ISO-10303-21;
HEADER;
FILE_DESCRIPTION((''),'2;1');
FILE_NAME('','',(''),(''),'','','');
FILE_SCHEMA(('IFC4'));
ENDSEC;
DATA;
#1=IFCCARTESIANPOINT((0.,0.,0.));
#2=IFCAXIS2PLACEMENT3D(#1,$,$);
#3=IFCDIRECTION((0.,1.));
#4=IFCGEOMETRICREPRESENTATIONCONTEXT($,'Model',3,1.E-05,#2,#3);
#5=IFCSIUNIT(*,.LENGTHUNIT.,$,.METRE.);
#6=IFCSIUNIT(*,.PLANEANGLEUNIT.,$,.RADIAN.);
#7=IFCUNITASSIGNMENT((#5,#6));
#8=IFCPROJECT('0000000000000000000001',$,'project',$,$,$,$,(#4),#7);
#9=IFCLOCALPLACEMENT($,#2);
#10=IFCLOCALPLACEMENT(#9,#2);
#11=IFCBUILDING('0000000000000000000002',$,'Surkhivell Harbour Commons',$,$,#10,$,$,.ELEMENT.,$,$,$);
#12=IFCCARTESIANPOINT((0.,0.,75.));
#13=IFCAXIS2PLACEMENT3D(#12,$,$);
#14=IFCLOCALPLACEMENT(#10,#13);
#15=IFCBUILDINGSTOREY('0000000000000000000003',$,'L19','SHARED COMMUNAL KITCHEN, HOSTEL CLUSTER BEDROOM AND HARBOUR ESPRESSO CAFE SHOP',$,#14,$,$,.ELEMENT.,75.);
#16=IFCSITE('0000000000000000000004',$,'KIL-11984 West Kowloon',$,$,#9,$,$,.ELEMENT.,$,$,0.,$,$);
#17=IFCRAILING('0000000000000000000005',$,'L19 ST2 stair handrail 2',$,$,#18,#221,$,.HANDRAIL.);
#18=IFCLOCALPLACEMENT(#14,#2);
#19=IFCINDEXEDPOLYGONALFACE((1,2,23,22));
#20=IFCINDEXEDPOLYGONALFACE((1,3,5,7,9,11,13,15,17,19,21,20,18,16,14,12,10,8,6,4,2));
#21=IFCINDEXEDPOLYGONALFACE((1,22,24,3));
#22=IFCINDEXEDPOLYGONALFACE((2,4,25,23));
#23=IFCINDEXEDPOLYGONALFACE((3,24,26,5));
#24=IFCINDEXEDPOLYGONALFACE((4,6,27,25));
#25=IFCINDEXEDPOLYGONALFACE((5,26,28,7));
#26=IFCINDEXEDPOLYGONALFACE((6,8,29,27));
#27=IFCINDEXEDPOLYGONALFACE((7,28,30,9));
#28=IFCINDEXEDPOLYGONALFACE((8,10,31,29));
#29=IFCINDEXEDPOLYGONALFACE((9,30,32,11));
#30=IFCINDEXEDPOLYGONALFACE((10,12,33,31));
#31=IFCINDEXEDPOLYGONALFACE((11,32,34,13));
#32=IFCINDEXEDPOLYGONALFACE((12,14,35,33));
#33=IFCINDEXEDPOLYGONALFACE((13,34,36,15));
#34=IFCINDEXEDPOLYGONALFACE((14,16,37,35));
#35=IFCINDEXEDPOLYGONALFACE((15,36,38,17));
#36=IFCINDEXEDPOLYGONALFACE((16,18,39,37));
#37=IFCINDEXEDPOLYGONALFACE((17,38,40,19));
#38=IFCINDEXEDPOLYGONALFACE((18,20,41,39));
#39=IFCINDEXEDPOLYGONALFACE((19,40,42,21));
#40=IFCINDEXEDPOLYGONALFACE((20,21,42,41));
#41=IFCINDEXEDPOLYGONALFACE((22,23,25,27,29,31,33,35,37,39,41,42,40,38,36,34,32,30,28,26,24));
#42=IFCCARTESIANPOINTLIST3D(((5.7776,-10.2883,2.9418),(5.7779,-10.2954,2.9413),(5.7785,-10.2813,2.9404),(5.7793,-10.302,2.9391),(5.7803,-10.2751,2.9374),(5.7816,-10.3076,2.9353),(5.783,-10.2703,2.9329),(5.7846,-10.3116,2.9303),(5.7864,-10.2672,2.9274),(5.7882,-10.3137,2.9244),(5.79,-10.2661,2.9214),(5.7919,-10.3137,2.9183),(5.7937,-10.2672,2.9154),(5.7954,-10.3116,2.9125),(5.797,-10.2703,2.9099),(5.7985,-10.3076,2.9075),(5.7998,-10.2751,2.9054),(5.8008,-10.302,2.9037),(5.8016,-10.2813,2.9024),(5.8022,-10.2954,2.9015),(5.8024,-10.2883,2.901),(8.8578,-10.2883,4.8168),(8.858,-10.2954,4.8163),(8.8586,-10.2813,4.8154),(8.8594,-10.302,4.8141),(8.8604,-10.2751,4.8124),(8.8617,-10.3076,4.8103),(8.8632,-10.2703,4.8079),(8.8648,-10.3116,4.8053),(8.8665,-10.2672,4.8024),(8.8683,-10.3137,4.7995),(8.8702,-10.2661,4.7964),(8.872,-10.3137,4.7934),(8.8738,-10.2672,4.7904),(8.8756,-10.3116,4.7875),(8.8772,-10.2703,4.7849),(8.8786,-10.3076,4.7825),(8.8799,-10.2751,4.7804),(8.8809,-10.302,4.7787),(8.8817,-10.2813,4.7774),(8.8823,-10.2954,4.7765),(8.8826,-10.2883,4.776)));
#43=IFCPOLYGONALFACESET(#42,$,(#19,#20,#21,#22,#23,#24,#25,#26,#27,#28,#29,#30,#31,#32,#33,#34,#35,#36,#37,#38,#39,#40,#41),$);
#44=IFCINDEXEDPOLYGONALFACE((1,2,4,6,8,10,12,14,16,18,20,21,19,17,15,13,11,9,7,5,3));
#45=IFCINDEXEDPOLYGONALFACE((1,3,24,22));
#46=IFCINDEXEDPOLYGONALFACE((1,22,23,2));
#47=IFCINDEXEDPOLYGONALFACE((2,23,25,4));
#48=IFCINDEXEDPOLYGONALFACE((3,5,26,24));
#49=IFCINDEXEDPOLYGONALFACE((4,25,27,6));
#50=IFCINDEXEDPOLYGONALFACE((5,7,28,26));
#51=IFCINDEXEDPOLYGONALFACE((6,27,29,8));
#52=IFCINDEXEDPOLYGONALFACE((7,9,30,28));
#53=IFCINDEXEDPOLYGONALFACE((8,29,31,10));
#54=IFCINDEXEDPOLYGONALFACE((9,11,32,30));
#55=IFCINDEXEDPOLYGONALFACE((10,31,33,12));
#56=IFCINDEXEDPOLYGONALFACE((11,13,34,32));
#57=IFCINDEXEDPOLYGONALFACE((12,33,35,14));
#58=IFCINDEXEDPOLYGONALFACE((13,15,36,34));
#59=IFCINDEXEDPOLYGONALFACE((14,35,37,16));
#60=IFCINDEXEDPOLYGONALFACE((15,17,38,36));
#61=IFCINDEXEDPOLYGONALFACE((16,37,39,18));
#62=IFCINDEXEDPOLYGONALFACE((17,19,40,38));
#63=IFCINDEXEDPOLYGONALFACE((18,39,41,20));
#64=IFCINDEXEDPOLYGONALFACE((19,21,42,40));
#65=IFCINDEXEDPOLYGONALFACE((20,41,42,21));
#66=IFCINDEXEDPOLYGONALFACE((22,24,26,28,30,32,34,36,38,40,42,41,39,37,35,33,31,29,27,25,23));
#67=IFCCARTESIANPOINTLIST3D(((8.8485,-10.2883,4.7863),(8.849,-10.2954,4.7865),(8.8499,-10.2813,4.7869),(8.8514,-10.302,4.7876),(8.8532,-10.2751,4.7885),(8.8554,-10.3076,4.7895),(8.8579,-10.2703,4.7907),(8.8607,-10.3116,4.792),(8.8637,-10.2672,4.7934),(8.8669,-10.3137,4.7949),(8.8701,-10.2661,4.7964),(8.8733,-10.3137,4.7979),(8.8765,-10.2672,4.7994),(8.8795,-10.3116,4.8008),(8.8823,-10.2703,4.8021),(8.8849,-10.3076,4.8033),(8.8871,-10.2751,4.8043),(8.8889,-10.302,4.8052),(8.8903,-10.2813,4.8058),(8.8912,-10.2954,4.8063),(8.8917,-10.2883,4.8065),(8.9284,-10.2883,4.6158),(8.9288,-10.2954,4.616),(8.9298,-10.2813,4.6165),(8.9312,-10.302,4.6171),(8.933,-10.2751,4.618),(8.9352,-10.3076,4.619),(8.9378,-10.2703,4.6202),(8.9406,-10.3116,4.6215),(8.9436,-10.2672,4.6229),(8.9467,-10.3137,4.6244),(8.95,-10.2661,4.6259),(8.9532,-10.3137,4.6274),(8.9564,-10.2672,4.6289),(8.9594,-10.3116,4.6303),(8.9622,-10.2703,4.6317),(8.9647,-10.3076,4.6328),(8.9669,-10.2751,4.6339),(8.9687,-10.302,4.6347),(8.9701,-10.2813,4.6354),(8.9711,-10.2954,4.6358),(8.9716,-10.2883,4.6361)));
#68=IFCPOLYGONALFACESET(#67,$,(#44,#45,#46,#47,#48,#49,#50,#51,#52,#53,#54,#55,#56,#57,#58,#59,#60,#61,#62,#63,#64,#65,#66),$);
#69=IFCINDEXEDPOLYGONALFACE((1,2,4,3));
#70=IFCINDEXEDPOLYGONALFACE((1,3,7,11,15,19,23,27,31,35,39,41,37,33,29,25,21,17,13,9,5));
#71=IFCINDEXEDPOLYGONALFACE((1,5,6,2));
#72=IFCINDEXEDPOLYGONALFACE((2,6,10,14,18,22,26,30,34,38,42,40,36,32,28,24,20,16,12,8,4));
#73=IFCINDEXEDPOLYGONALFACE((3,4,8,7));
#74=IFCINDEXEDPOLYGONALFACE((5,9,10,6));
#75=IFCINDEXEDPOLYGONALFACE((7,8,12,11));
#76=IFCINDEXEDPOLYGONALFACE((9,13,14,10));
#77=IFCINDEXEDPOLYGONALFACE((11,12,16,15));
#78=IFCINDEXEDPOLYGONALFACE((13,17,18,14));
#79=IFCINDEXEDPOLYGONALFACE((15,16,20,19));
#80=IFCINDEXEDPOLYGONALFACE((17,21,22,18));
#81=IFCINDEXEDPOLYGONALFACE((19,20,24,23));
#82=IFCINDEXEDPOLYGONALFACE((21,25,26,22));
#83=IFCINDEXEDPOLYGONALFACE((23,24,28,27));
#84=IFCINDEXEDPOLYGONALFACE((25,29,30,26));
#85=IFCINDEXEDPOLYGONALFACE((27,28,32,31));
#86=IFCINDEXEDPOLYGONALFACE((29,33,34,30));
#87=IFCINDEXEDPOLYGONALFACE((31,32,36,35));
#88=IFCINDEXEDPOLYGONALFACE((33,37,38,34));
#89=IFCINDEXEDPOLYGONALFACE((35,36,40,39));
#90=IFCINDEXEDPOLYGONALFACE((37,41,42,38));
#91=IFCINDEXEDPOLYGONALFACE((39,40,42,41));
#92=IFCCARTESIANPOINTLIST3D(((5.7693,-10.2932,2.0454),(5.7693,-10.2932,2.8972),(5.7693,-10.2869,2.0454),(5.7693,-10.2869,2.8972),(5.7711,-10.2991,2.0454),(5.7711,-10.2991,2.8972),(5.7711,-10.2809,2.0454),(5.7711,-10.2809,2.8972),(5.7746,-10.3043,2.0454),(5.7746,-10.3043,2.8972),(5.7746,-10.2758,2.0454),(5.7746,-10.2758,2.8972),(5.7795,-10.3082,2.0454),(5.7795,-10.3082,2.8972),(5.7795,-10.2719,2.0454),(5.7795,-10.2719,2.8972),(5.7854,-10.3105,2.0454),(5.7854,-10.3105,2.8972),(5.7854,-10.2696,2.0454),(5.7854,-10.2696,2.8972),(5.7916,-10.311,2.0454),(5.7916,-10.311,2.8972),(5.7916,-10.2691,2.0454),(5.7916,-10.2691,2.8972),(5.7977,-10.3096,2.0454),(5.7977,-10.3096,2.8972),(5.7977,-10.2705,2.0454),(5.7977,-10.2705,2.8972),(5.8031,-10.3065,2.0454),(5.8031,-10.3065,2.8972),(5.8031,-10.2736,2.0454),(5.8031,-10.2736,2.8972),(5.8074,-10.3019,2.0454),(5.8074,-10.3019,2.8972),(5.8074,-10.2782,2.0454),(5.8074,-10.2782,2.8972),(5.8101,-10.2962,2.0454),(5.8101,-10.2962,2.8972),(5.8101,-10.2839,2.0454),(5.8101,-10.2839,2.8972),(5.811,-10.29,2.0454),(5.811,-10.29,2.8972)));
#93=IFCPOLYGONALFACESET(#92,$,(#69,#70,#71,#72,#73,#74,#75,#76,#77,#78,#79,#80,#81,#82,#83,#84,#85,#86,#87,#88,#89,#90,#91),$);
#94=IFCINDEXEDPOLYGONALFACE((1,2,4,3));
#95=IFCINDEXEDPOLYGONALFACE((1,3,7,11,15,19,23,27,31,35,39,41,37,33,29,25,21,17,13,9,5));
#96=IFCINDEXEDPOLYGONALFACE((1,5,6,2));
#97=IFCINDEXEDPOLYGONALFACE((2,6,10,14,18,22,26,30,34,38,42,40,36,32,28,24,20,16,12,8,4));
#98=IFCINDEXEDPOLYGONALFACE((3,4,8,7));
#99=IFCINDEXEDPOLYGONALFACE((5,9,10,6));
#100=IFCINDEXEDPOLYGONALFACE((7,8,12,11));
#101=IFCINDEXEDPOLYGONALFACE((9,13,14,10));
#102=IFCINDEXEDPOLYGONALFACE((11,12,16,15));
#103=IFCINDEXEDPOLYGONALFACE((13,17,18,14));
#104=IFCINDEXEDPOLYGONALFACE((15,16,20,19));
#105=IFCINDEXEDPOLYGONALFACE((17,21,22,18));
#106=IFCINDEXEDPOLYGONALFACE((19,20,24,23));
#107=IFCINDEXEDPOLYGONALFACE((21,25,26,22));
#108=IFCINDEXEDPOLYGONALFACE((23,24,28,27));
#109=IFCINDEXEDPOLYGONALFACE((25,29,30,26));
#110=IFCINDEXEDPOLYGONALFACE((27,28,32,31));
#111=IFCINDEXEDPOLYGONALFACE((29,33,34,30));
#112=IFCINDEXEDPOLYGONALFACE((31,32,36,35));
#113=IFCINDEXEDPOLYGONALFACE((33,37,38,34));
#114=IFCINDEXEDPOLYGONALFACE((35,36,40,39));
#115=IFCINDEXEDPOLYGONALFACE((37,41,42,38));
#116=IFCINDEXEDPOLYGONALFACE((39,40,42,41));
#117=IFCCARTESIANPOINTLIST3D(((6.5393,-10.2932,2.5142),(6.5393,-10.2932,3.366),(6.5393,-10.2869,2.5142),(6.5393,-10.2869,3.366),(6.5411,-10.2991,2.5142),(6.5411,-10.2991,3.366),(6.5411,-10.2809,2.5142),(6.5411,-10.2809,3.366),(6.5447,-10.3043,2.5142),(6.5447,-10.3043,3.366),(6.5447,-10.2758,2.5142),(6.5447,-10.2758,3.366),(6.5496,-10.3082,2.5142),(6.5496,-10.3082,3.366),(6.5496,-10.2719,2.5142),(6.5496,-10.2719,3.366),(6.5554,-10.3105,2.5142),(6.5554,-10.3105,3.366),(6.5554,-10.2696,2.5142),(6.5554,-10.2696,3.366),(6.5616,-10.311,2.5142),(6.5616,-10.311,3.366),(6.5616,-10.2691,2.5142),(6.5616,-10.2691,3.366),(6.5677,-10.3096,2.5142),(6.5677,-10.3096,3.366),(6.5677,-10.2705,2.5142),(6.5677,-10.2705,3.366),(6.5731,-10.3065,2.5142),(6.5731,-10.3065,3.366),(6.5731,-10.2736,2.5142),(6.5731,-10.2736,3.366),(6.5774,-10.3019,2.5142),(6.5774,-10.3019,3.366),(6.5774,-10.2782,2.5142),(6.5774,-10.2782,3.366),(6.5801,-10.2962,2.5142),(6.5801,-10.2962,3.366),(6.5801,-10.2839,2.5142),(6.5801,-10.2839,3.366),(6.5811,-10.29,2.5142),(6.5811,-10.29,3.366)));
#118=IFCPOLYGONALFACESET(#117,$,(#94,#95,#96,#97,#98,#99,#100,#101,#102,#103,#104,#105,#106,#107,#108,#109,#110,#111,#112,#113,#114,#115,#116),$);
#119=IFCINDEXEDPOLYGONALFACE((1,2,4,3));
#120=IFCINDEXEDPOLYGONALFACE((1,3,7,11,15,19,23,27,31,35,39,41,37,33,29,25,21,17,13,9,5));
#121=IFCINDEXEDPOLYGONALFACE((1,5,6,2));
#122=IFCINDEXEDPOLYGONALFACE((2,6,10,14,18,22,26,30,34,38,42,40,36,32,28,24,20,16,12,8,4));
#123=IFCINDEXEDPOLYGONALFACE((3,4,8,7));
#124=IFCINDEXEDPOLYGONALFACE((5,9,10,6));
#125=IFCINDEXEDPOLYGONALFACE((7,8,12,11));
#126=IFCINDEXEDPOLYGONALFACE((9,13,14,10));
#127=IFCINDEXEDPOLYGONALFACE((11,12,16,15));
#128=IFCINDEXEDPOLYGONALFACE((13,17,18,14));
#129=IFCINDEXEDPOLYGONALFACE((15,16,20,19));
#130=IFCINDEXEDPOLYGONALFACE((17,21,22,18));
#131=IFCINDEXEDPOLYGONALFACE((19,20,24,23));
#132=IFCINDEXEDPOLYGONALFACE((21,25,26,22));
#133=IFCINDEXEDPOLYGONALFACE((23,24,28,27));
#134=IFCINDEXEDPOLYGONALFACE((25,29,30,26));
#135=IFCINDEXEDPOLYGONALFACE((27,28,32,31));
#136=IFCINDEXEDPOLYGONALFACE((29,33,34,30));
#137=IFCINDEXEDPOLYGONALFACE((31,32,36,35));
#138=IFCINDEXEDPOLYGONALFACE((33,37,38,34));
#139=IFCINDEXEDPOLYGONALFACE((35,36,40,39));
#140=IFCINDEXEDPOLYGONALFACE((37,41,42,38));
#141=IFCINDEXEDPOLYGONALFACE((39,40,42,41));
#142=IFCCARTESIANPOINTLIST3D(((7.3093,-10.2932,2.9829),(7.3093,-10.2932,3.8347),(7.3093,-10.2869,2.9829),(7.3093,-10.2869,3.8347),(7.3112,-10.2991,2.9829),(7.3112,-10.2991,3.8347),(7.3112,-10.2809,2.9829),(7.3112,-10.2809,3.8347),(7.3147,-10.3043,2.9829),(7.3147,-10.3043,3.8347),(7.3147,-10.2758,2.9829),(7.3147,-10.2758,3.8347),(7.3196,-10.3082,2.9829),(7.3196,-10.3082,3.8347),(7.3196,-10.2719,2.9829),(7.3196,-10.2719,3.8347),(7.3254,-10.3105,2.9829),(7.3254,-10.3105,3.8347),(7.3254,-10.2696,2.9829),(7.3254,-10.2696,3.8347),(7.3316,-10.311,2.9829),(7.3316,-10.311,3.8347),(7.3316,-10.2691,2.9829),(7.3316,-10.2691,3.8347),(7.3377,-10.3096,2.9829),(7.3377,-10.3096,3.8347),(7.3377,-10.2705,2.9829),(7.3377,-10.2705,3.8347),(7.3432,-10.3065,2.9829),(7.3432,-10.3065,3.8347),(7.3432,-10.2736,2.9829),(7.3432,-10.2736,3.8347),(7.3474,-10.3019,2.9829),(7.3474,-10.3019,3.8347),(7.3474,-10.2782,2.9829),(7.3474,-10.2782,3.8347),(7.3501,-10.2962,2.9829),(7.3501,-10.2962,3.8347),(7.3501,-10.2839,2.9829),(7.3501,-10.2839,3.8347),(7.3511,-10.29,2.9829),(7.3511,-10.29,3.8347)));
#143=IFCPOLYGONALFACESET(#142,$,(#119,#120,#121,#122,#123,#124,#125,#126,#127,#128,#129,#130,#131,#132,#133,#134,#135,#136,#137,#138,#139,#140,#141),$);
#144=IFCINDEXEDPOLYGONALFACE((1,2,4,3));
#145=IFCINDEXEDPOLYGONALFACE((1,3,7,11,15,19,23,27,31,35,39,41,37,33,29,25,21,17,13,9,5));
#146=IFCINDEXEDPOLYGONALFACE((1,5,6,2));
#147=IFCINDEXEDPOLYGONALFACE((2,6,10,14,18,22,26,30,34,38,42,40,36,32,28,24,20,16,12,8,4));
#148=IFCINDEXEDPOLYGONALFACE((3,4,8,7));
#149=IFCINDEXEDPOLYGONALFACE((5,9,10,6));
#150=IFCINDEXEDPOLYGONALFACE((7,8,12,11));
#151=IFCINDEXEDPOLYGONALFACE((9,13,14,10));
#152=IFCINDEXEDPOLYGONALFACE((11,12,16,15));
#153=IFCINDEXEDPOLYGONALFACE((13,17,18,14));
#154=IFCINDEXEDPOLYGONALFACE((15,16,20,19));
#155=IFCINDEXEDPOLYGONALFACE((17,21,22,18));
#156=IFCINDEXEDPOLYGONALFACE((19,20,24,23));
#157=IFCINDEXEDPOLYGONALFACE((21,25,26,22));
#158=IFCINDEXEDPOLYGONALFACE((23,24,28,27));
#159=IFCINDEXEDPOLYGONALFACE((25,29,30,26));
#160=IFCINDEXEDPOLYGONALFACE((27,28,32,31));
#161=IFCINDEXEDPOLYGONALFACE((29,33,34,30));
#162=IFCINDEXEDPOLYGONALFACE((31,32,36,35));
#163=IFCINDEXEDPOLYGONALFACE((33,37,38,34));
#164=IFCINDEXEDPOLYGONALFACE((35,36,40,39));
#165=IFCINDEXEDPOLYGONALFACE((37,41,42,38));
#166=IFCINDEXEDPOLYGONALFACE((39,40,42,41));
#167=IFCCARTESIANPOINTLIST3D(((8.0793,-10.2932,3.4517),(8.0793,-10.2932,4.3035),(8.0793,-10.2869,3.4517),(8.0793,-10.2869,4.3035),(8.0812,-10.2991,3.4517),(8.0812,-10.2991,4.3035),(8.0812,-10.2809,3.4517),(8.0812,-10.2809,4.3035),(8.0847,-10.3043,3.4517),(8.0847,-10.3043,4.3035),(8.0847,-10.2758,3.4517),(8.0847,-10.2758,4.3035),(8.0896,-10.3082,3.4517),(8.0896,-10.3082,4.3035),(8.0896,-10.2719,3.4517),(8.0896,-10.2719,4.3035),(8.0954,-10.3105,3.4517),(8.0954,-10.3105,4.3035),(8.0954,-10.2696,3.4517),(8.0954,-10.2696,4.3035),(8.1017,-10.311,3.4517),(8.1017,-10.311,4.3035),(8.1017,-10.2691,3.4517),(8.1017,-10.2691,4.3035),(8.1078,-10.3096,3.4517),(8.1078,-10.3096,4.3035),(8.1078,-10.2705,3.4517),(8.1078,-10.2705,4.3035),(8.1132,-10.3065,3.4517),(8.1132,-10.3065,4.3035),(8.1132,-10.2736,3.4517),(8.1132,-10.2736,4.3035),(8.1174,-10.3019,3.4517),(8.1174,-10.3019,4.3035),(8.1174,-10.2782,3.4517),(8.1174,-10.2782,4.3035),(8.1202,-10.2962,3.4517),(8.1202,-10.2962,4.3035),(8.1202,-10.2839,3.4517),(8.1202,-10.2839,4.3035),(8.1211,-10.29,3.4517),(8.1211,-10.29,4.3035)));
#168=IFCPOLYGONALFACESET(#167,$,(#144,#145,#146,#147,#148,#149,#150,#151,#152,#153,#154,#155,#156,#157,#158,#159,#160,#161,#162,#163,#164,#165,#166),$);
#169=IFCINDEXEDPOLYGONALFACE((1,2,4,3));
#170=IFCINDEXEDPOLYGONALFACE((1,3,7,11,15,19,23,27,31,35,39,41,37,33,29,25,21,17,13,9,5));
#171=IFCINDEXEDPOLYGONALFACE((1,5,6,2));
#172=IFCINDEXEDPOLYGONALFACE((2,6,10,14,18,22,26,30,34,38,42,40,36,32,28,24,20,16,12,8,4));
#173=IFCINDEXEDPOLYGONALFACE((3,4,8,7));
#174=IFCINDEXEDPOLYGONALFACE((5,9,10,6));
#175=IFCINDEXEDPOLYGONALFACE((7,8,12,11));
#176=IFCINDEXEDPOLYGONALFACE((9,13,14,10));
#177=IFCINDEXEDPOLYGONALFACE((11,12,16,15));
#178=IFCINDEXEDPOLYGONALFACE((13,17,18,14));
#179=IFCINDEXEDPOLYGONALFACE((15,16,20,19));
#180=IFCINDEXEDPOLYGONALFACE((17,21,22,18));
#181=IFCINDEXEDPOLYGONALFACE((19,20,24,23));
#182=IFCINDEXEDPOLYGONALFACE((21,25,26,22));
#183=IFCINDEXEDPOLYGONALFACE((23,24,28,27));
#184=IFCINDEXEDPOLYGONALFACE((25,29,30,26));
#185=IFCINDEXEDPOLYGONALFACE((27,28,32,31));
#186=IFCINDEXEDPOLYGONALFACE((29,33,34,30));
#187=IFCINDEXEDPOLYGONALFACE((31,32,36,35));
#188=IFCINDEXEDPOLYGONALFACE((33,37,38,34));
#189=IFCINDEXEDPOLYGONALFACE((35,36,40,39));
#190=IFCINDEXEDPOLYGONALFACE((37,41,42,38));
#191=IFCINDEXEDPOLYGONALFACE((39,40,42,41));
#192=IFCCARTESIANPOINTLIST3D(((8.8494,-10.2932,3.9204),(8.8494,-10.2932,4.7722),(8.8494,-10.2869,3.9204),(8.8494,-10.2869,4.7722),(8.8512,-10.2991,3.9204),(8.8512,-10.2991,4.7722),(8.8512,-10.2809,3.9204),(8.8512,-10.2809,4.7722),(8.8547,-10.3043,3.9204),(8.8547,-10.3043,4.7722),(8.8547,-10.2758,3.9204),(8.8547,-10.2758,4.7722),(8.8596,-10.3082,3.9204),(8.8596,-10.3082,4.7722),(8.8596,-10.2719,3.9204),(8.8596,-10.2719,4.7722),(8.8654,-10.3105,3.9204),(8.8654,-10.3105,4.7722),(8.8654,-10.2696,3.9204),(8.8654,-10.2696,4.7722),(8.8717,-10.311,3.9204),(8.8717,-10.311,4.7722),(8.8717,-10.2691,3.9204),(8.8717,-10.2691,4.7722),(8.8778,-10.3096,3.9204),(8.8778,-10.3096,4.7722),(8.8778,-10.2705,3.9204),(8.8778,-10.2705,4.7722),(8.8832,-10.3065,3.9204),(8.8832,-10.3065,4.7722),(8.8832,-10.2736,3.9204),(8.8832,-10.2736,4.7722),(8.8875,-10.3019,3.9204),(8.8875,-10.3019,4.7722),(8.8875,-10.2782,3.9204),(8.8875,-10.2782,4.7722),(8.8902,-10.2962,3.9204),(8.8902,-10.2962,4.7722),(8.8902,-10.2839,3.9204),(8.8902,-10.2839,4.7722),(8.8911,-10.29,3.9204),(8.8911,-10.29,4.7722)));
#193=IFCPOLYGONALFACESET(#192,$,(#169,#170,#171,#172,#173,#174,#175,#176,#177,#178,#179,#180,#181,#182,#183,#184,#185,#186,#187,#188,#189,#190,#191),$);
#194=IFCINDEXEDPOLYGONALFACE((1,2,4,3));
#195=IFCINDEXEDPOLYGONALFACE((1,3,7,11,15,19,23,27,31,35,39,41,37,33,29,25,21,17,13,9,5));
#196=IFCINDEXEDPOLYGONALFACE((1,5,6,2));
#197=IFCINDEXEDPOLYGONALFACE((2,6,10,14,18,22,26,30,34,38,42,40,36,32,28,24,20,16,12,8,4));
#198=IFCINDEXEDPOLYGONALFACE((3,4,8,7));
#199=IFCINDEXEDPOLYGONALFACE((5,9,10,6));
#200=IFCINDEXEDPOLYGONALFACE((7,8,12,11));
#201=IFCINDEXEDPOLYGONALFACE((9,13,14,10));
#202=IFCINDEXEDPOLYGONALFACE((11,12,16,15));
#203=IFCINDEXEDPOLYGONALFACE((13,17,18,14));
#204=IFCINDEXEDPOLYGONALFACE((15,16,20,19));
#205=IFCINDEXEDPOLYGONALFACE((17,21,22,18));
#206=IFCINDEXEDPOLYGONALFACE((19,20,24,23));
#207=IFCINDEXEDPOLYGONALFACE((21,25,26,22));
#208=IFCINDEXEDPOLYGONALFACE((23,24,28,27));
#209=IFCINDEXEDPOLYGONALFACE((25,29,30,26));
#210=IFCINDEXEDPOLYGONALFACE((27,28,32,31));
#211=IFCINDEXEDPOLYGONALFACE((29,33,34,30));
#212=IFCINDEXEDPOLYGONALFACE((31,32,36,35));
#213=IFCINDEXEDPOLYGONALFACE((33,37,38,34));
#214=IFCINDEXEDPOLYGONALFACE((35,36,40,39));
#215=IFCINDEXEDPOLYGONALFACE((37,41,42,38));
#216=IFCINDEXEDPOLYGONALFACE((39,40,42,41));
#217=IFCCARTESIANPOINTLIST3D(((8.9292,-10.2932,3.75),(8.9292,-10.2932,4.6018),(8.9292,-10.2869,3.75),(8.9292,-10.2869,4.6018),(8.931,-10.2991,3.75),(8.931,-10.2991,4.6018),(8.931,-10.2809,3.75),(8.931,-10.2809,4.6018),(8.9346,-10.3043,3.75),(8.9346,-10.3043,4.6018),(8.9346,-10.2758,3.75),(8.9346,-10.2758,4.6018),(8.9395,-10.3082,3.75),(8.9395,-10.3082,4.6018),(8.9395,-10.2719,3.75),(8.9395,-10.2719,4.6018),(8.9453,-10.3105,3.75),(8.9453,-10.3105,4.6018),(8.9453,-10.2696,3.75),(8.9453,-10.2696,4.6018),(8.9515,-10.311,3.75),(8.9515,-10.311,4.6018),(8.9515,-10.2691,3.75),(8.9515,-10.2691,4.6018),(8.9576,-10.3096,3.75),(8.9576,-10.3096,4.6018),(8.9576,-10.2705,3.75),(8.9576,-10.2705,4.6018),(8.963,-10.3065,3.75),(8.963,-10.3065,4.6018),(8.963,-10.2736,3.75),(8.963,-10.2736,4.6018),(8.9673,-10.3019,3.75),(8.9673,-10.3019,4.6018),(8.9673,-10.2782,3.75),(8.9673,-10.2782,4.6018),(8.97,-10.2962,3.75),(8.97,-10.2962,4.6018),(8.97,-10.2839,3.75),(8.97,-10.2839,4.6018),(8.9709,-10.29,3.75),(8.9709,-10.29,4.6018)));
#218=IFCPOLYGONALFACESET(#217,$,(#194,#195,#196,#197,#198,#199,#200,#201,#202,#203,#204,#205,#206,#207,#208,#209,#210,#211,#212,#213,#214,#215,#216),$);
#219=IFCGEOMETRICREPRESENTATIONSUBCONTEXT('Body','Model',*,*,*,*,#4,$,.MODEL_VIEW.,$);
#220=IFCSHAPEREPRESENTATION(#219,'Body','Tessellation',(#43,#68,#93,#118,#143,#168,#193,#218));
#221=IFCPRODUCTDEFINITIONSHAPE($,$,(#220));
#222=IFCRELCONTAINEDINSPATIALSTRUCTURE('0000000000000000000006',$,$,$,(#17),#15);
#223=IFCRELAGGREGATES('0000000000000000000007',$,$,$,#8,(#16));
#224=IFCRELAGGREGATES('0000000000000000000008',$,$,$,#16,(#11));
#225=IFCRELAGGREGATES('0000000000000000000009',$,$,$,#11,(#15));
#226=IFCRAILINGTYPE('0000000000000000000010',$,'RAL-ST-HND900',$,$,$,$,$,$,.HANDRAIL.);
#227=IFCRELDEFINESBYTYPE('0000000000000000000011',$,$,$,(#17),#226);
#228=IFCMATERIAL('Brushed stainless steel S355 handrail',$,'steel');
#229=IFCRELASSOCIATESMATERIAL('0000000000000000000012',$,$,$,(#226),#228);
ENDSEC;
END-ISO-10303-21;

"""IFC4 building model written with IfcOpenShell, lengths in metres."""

from ifc_helpers import new_model, si_unit, direction, frame, origin, origin_2d, place, context, subcontext, project, spatial, circle, extrude, material, type_object, element, save


model = new_model("IFC4")

# Units and contexts
model_context = context("Model", 3, precision=1e-05, world=origin(), true_north=direction((0.0, 1.0)))
body_context = subcontext(model_context, "Body", "Model", "MODEL_VIEW")
ifc_project = project(units=[si_unit("LENGTHUNIT", "METRE"), si_unit("PLANEANGLEUNIT", "RADIAN")], contexts=[model_context])

# Site, building, storey
site_placement = place(None, origin())
site = spatial("IfcSite", under=ifc_project, at=site_placement, Name="KIL-11984 West Kowloon", CompositionType="ELEMENT", RefElevation=0.0)
building_placement = place(site_placement, origin())
building = spatial("IfcBuilding", under=site, at=building_placement, Name="Surkhivell Harbour Commons", CompositionType="ELEMENT")
storey_placement = place(building_placement, frame((0.0, 0.0, 75.0)))
storey = spatial("IfcBuildingStorey", under=building, at=storey_placement, Name="L19", Description="SHARED COMMUNAL KITCHEN, HOSTEL CLUSTER BEDROOM AND HARBOUR ESPRESSO CAFE SHOP", CompositionType="ELEMENT", Elevation=75.0)

# Railing
ifc_material_1 = material(Name="Brushed stainless steel S355 handrail", Category="steel")
railing_type_1 = type_object("IfcRailingType", Name="RAL-ST-HND900", PredefinedType="HANDRAIL", material=ifc_material_1)
railing_1_placement = place(storey_placement, frame((5.79, -10.29, 2.0454)))
element("IfcRailing", 1, at=railing_1_placement, inside=storey, type_object=railing_type_1, Name="L19 ST2 stair handrail 2", PredefinedType="HANDRAIL", context=body_context, shape_type="SweptSolid", body=[
    extrude(circle(Radius=0.0239, at=origin_2d()), frame((0.0, 0.0, 0.876), z_axis=(0.854178, 0.0, 0.519981), x_axis=(0.0, 1.0, 0.0)), (0.0, 0.0, 1.0), 3.606),
    extrude(circle(Radius=0.0239, at=origin_2d()), frame((3.0801, 0.0, 2.751), z_axis=(0.424234, 0.0, -0.905552), x_axis=(0.0, 1.0, 0.0)), (0.0, 0.0, 1.0), 0.1882),
    extrude(circle(Radius=0.021, at=origin_2d()), origin(), (0.0, 0.0, 1.0), 0.8518),
    extrude(circle(Radius=0.021, at=origin_2d()), frame((0.77, 0.0, 0.4688)), (0.0, 0.0, 1.0), 0.8518),
    extrude(circle(Radius=0.021, at=origin_2d()), frame((1.54, 0.0, 0.9375)), (0.0, 0.0, 1.0), 0.8518),
    extrude(circle(Radius=0.021, at=origin_2d()), frame((2.3101, 0.0, 1.4062)), (0.0, 0.0, 1.0), 0.8518),
    extrude(circle(Radius=0.021, at=origin_2d()), frame((3.0801, 0.0, 1.875)), (0.0, 0.0, 1.0), 0.8518),
    extrude(circle(Radius=0.021, at=origin_2d()), frame((3.1599, 0.0, 1.7046)), (0.0, 0.0, 1.0), 0.8518),
])

save(model, "model.ifc")
